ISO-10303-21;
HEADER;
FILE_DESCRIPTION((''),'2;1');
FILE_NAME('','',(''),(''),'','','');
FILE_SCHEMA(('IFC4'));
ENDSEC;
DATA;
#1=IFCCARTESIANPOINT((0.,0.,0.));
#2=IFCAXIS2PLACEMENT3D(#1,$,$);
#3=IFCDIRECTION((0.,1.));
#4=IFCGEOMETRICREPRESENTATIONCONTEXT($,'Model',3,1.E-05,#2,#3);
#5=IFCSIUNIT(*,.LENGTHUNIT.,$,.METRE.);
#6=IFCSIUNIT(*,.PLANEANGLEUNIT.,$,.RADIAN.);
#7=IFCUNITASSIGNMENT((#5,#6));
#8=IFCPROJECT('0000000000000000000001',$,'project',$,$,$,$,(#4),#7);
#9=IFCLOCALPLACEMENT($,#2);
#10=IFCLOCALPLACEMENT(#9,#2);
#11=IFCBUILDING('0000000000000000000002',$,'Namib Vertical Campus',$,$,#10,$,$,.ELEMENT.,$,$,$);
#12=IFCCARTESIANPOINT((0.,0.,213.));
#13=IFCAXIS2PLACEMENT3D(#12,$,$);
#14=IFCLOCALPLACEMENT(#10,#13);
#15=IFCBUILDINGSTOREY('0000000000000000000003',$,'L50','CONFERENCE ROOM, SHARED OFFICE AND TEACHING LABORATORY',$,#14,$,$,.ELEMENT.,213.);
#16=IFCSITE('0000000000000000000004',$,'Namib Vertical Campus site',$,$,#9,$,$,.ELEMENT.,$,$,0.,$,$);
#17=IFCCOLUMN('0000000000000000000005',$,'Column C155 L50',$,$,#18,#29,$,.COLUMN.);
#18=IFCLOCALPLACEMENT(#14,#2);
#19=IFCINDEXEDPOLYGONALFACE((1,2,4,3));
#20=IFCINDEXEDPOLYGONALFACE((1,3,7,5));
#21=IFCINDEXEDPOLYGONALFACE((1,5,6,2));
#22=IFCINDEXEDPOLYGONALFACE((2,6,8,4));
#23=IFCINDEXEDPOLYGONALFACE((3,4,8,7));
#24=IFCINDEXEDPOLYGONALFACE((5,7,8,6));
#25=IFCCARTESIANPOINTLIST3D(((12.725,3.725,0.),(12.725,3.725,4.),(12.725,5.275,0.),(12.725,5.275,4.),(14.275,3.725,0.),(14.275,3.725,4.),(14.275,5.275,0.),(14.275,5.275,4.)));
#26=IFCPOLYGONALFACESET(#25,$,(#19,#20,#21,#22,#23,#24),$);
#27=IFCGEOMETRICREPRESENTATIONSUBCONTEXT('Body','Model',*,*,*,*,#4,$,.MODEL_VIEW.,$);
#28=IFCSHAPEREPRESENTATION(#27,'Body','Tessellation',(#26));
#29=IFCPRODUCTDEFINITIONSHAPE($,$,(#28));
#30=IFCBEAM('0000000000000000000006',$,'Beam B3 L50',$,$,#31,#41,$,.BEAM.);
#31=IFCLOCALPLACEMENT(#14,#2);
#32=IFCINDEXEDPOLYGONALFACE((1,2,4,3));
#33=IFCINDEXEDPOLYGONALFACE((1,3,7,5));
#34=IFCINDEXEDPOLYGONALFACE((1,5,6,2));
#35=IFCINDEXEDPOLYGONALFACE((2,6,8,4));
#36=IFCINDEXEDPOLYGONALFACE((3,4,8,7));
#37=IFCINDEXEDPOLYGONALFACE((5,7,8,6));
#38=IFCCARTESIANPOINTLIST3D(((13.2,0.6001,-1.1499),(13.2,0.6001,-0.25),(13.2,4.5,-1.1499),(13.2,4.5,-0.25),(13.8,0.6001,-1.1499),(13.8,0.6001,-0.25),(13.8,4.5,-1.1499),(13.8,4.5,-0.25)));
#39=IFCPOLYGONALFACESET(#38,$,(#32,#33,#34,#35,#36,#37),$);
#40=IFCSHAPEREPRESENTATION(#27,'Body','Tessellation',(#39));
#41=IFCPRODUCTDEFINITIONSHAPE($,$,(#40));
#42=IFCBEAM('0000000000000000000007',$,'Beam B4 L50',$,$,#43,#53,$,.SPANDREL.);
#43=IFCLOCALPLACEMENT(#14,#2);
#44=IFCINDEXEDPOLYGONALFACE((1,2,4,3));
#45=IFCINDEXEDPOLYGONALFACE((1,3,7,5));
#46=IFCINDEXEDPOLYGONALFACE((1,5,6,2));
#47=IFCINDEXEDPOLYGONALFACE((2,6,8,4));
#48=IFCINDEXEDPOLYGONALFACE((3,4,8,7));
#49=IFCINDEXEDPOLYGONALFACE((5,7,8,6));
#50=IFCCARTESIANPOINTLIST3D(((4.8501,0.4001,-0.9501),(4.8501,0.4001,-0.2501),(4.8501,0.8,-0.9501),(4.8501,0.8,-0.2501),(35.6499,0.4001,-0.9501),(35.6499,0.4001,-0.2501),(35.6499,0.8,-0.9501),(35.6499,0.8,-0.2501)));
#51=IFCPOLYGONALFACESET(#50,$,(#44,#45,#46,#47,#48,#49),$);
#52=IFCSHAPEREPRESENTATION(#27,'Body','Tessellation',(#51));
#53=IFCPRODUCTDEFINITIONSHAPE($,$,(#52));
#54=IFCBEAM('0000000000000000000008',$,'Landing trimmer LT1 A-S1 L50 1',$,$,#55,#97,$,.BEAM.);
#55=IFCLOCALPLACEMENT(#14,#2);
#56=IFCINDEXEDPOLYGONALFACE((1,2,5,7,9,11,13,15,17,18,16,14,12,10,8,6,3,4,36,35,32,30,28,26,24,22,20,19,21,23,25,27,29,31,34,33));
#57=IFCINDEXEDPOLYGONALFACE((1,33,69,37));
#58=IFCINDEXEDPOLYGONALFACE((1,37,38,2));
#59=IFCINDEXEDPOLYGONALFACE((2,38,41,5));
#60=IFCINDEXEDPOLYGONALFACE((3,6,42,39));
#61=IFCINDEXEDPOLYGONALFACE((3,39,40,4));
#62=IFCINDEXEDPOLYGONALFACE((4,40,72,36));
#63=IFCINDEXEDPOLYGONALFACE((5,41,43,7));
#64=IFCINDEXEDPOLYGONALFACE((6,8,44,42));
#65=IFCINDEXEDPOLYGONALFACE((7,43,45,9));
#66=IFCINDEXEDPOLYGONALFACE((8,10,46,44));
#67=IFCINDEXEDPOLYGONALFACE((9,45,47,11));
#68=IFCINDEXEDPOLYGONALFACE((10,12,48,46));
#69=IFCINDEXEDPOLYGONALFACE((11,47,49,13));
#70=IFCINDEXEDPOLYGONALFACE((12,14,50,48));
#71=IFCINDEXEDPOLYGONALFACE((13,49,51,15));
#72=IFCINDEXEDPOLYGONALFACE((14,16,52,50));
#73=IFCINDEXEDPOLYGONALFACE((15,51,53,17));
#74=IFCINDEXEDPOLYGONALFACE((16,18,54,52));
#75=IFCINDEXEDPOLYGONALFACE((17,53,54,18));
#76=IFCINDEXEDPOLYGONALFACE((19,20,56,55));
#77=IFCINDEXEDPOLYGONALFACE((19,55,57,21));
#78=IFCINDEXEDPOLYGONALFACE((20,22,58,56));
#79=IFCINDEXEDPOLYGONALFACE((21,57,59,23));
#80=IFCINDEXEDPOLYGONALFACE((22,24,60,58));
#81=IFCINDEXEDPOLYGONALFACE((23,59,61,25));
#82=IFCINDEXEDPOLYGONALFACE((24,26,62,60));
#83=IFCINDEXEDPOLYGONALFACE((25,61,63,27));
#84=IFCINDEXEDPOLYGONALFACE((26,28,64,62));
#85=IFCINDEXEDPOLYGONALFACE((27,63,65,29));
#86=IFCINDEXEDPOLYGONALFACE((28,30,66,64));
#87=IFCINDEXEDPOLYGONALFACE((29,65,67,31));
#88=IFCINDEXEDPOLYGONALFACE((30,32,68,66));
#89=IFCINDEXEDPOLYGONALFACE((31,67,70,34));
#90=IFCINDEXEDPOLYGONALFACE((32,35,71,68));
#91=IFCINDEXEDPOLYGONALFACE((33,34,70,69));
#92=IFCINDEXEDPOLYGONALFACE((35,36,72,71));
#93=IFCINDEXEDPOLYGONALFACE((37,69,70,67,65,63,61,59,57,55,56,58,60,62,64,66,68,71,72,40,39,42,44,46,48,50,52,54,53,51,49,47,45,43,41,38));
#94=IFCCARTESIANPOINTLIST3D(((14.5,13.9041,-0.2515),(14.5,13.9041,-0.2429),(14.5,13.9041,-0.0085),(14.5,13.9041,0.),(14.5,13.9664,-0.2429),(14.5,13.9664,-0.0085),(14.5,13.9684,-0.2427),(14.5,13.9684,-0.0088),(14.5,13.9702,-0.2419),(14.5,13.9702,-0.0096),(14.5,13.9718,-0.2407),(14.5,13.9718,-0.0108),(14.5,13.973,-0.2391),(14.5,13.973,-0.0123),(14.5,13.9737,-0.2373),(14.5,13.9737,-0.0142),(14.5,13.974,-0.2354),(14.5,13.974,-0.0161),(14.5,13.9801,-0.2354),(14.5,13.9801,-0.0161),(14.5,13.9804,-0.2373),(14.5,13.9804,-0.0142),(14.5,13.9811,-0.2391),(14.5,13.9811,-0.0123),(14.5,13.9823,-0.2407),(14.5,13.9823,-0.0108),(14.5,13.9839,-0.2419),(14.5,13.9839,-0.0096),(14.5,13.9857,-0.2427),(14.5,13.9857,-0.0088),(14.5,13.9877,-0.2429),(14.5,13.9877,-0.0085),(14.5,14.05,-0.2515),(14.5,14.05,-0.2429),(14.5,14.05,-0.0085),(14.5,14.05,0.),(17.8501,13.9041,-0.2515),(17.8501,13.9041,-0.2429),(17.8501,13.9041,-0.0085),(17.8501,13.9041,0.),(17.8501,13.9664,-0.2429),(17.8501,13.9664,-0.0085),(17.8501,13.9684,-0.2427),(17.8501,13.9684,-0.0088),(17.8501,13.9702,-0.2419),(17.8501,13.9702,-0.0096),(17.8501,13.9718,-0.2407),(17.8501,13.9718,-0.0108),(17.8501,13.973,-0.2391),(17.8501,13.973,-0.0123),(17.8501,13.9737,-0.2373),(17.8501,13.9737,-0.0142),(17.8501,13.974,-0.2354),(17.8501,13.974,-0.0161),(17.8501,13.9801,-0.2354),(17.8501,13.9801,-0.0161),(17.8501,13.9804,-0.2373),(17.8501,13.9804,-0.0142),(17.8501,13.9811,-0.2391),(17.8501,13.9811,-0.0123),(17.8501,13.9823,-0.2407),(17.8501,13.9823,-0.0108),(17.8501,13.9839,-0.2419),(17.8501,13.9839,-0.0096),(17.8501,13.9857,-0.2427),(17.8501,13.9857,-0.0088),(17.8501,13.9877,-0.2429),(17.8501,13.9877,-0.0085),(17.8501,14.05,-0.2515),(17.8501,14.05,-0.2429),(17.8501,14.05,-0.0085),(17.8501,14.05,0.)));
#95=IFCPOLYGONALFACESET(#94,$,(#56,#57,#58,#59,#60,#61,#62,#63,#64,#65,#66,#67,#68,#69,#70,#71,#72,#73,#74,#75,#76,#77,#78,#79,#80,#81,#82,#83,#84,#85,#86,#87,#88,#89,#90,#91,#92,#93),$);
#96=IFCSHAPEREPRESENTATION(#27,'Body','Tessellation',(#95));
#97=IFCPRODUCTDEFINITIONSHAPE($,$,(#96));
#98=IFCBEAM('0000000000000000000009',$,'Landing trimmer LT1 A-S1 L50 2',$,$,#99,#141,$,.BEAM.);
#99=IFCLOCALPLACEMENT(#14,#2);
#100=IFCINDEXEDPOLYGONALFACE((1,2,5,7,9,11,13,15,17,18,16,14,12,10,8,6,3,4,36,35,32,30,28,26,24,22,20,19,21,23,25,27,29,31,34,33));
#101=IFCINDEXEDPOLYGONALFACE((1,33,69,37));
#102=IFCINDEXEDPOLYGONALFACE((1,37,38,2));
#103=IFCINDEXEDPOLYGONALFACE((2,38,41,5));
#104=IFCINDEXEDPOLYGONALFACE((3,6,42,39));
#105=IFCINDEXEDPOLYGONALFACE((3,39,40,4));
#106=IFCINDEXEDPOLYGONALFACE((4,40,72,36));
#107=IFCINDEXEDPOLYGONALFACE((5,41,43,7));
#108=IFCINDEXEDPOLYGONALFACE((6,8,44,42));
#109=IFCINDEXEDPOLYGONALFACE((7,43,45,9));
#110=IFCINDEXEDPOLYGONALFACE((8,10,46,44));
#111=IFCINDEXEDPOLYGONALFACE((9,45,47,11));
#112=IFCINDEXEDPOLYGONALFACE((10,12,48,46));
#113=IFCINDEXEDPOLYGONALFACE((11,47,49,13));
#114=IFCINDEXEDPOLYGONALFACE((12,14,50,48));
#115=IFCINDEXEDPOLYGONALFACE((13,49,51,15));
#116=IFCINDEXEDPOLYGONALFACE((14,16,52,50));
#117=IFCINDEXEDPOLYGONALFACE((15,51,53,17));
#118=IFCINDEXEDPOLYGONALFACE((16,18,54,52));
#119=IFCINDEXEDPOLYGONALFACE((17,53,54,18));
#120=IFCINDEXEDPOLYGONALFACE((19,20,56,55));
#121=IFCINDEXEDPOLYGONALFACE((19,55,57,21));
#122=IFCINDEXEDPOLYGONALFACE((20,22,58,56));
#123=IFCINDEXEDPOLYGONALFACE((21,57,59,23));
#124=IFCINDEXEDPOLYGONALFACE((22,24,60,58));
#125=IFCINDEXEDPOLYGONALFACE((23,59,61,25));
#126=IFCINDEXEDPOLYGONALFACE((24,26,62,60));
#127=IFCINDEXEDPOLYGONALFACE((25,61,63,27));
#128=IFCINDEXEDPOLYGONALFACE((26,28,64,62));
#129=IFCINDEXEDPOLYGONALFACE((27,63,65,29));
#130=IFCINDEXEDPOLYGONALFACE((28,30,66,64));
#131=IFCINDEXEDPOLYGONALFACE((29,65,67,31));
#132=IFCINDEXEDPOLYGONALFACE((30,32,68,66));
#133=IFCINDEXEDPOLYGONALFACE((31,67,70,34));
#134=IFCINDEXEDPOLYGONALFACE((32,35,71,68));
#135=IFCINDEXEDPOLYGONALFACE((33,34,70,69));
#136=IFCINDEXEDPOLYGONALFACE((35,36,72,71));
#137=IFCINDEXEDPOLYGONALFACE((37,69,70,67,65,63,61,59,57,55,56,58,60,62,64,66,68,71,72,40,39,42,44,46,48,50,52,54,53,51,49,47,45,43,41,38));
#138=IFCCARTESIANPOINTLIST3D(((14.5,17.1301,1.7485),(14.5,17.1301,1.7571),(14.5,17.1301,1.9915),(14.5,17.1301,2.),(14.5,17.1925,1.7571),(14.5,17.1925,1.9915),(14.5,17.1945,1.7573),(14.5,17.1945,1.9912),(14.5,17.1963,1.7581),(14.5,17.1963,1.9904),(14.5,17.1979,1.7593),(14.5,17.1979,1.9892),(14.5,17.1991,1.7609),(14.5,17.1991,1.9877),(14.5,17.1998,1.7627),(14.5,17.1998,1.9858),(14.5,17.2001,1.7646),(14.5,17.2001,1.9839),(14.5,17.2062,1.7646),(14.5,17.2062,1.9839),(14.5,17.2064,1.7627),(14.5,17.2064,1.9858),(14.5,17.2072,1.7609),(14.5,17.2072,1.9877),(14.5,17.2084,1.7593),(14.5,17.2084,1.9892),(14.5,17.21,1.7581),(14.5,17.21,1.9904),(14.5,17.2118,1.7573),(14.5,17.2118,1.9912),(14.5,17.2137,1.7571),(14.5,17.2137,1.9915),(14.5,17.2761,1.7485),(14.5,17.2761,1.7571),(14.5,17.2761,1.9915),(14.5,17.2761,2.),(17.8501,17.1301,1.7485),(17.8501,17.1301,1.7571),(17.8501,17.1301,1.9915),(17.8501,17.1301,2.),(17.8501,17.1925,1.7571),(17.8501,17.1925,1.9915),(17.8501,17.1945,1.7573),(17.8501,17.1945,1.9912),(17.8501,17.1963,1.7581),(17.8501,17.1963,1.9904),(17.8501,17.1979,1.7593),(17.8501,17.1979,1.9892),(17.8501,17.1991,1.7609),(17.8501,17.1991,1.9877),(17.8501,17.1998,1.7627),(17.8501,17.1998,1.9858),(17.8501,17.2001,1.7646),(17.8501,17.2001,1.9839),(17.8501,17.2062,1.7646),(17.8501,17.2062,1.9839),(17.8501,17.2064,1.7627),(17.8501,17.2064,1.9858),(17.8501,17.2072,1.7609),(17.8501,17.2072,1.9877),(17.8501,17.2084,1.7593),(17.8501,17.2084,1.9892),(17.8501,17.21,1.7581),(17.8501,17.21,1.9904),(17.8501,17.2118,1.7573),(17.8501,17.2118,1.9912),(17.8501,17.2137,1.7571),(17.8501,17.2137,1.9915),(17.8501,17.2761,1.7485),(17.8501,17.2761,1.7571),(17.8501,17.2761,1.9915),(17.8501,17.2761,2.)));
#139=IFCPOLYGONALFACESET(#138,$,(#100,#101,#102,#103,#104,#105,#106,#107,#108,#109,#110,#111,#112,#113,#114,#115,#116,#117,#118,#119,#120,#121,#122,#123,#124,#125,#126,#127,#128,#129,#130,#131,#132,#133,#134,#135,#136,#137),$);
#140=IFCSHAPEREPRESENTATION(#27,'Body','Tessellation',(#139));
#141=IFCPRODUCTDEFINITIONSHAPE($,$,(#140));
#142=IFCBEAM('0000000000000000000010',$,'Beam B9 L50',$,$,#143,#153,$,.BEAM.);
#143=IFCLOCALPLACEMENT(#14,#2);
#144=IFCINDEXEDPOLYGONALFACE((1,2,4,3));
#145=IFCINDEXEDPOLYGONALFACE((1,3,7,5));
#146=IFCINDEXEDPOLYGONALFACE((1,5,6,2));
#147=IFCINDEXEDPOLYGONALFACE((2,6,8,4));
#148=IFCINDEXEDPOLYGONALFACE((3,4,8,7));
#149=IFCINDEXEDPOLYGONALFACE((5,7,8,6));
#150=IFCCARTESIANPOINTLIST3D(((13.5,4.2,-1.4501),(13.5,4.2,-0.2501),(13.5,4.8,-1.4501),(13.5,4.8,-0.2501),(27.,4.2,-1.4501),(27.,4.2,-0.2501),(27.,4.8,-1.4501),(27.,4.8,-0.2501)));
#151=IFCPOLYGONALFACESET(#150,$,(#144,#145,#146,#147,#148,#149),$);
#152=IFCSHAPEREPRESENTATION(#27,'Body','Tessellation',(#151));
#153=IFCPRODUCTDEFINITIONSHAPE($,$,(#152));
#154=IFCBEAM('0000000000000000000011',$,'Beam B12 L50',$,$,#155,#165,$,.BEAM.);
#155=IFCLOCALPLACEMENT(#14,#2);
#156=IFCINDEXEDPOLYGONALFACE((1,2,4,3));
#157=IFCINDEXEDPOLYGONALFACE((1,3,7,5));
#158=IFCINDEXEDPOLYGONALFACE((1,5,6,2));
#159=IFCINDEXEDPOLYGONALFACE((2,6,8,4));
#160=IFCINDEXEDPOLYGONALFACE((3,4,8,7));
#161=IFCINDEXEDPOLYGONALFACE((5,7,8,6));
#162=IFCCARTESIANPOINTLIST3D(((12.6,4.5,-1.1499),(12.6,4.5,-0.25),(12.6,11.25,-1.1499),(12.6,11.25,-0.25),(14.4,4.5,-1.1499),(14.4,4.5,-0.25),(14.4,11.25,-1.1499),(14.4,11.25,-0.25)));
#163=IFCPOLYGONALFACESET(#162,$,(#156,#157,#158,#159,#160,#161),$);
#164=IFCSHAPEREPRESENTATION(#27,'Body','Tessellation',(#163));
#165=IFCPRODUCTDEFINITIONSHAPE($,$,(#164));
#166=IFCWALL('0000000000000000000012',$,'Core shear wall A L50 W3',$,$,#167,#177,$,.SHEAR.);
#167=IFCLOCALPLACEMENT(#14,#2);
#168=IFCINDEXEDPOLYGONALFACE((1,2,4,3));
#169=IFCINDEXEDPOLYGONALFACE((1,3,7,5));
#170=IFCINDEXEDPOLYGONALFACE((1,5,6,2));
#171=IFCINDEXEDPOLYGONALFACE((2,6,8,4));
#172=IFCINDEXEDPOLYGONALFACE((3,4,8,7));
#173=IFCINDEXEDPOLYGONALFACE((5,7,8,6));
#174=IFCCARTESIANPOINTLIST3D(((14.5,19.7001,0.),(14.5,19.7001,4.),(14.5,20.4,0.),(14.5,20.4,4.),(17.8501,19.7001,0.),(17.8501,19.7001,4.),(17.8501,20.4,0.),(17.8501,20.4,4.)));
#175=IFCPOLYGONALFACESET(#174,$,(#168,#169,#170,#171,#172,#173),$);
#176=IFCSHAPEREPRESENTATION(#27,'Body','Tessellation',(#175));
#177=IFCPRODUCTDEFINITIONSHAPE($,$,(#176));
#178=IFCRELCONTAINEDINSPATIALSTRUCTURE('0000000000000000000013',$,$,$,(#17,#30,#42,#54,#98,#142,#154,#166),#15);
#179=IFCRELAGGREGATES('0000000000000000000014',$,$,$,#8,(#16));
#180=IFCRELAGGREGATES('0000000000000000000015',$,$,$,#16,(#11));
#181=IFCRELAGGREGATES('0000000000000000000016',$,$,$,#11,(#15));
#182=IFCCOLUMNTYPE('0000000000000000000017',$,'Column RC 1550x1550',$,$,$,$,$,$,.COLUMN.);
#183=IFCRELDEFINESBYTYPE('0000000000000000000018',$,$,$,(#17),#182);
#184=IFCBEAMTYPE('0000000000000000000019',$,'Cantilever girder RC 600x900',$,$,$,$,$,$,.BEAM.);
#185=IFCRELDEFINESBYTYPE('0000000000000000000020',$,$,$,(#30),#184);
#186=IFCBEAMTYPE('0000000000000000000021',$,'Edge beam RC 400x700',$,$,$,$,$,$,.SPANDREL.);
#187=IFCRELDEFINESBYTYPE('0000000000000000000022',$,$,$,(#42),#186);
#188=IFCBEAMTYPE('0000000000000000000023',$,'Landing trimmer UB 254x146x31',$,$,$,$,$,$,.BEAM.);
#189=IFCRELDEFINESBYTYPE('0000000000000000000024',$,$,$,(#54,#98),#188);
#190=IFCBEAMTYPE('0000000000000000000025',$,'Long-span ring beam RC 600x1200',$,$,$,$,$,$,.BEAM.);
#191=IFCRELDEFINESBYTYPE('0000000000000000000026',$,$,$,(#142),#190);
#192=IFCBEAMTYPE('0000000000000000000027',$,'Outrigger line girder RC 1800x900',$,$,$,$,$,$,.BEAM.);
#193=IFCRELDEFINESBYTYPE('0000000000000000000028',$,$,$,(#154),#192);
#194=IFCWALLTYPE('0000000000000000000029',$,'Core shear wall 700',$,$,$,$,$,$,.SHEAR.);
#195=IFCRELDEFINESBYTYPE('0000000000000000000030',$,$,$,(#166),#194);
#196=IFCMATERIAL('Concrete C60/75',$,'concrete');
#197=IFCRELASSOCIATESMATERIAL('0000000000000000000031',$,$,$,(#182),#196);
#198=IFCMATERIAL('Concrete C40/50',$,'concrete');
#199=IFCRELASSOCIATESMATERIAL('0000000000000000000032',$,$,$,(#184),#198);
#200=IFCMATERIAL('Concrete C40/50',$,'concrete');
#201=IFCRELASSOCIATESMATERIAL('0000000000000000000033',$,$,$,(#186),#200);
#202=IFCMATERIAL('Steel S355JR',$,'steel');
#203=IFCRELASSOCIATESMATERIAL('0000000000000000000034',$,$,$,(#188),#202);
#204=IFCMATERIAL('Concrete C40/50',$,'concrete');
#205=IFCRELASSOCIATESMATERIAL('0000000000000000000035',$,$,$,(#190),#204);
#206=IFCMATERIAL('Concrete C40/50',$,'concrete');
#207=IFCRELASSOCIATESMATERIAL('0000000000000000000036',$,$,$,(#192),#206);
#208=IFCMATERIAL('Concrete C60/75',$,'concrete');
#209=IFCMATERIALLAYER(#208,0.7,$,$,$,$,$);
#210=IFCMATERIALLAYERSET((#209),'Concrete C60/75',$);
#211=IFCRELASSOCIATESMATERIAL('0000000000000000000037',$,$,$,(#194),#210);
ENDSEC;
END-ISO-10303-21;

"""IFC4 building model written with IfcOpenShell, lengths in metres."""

from ifc_helpers import new_model, si_unit, direction, frame, frame_2d, origin, origin_2d, place, context, subcontext, project, spatial, rectangle, i_section, extrude, material, layer, layer_set, material_profile, profile_set, type_object, element, save


model = new_model("IFC4")

# Units and contexts
model_context = context("Model", 3, precision=1e-05, world=origin(), true_north=direction((0.0, 1.0)))
body_context = subcontext(model_context, "Body", "Model", "MODEL_VIEW")
ifc_project = project(units=[si_unit("LENGTHUNIT", "METRE"), si_unit("PLANEANGLEUNIT", "RADIAN")], contexts=[model_context])

# Site, building, storey
site_placement = place(None, origin())
site = spatial("IfcSite", under=ifc_project, at=site_placement, Name="Namib Vertical Campus site", CompositionType="ELEMENT", RefElevation=0.0)
building_placement = place(site_placement, origin())
building = spatial("IfcBuilding", under=site, at=building_placement, Name="Namib Vertical Campus", CompositionType="ELEMENT")
storey_placement = place(building_placement, frame((0.0, 0.0, 213.0)))
storey = spatial("IfcBuildingStorey", under=building, at=storey_placement, Name="L50", Description="CONFERENCE ROOM, SHARED OFFICE AND TEACHING LABORATORY", CompositionType="ELEMENT", Elevation=213.0)

# Column
ifc_material_1 = material(Name="Concrete C60/75", Category="concrete")
ifc_material_profile_1 = material_profile(ifc_material_1, rectangle(XDim=1.55, YDim=1.55, at=origin_2d()))
ifc_profile_set_1 = profile_set([ifc_material_profile_1], Name="Concrete C60/75")
column_type = type_object("IfcColumnType", Name="Column RC 1550x1550", PredefinedType="COLUMN", material=ifc_profile_set_1)
column_placement = place(storey_placement, frame((13.5, 4.5, 0.0), z_axis=(0.0, 0.0, 1.0), x_axis=(1.0, 0.0, 0.0)))
element("IfcColumn", 1, at=column_placement, inside=storey, type_object=column_type, Name="Column C155 L50", PredefinedType="COLUMN", context=body_context, shape_type="SweptSolid", body=[
    extrude(rectangle(XDim=1.55, YDim=1.55, at=origin_2d()), origin(), (0.0, 0.0, 1.0), 4.0),
])

# Beams
ifc_material_2 = material(Name="Concrete C40/50", Category="concrete")
ifc_material_profile_2 = material_profile(ifc_material_2, rectangle(XDim=0.6001, YDim=0.8999, at=origin_2d()))
ifc_profile_set_2 = profile_set([ifc_material_profile_2], Name="Concrete C40/50")
beam_type_1 = type_object("IfcBeamType", Name="Cantilever girder RC 600x900", PredefinedType="BEAM", material=ifc_profile_set_2)
beam_1_placement = place(storey_placement, frame((13.5, 4.5, -0.7), z_axis=(0.0, -1.0, 0.0), x_axis=(1.0, 0.0, 0.0)))
element("IfcBeam", 2, at=beam_1_placement, inside=storey, type_object=beam_type_1, Name="Beam B3 L50", PredefinedType="BEAM", context=body_context, shape_type="SweptSolid", body=[
    extrude(rectangle(XDim=0.6001, YDim=0.8999, at=origin_2d()), origin(), (0.0, 0.0, 1.0), 3.8999),
])
ifc_material_3 = material(Name="Concrete C40/50", Category="concrete")
ifc_material_profile_3 = material_profile(ifc_material_3, rectangle(XDim=0.3999, YDim=0.7, at=origin_2d()))
ifc_profile_set_3 = profile_set([ifc_material_profile_3], Name="Concrete C40/50")
beam_type_2 = type_object("IfcBeamType", Name="Edge beam RC 400x700", PredefinedType="SPANDREL", material=ifc_profile_set_3)
beam_2_placement = place(storey_placement, frame((4.8501, 0.6001, -0.6001), z_axis=(1.0, 0.0, 0.0), x_axis=(0.0, 1.0, 0.0)))
element("IfcBeam", 3, at=beam_2_placement, inside=storey, type_object=beam_type_2, Name="Beam B4 L50", PredefinedType="SPANDREL", context=body_context, shape_type="SweptSolid", body=[
    extrude(rectangle(XDim=0.3999, YDim=0.7, at=origin_2d()), origin(), (0.0, 0.0, 1.0), 30.7998),
])
ifc_material_4 = material(Name="Steel S355JR", Category="steel")
ifc_material_profile_4 = material_profile(ifc_material_4, i_section(OverallWidth=0.146, OverallDepth=0.2515, WebThickness=0.0061, FlangeThickness=0.0085, FilletRadius=0.0076, at=origin_2d()))
ifc_profile_set_4 = profile_set([ifc_material_profile_4], Name="Steel S355JR")
beam_type_3 = type_object("IfcBeamType", Name="Landing trimmer UB 254x146x31", PredefinedType="BEAM", material=ifc_profile_set_4)
for number, where, z_axis, x_axis, name in (
    (4, (14.5, 13.9771, -0.1257), (1.0, 0.0, 0.0), (0.0, 1.0, 0.0), "Landing trimmer LT1 A-S1 L50 1"),
    (5, (14.5, 17.2031, 1.8743), (1.0, 0.0, 0.0), (0.0, 1.0, 0.0), "Landing trimmer LT1 A-S1 L50 2"),
):
    element("IfcBeam", number, at=place(storey_placement, frame(where, z_axis=z_axis, x_axis=x_axis)), inside=storey, type_object=beam_type_3, Name=name, PredefinedType="BEAM", context=body_context, shape_type="SweptSolid", body=[
        extrude(i_section(OverallWidth=0.146, OverallDepth=0.2515, WebThickness=0.0061, FlangeThickness=0.0085, FilletRadius=0.0076, at=origin_2d()), origin(), (0.0, 0.0, 1.0), 3.3501),
    ])
ifc_material_5 = material(Name="Concrete C40/50", Category="concrete")
ifc_material_profile_5 = material_profile(ifc_material_5, rectangle(XDim=0.6001, YDim=1.2, at=origin_2d()))
ifc_profile_set_5 = profile_set([ifc_material_profile_5], Name="Concrete C40/50")
beam_type_4 = type_object("IfcBeamType", Name="Long-span ring beam RC 600x1200", PredefinedType="BEAM", material=ifc_profile_set_5)
beam_3_placement = place(storey_placement, frame((13.5, 4.5, -0.8501), z_axis=(1.0, 0.0, 0.0), x_axis=(0.0, 1.0, 0.0)))
element("IfcBeam", 6, at=beam_3_placement, inside=storey, type_object=beam_type_4, Name="Beam B9 L50", PredefinedType="BEAM", context=body_context, shape_type="SweptSolid", body=[
    extrude(rectangle(XDim=0.6001, YDim=1.2, at=origin_2d()), origin(), (0.0, 0.0, 1.0), 13.5),
])
ifc_material_6 = material(Name="Concrete C40/50", Category="concrete")
ifc_material_profile_6 = material_profile(ifc_material_6, rectangle(XDim=1.8, YDim=0.8999, at=origin_2d()))
ifc_profile_set_6 = profile_set([ifc_material_profile_6], Name="Concrete C40/50")
beam_type_5 = type_object("IfcBeamType", Name="Outrigger line girder RC 1800x900", PredefinedType="BEAM", material=ifc_profile_set_6)
beam_4_placement = place(storey_placement, frame((13.5, 4.5, -0.7), z_axis=(0.0, 1.0, 0.0), x_axis=(-1.0, 0.0, 0.0)))
element("IfcBeam", 7, at=beam_4_placement, inside=storey, type_object=beam_type_5, Name="Beam B12 L50", PredefinedType="BEAM", context=body_context, shape_type="SweptSolid", body=[
    extrude(rectangle(XDim=1.8, YDim=0.8999, at=origin_2d()), origin(), (0.0, 0.0, 1.0), 6.75),
])

# Wall
ifc_material_7 = material(Name="Concrete C60/75", Category="concrete")
ifc_layer_1 = layer(ifc_material_7, 0.7)
ifc_layer_set_1 = layer_set([ifc_layer_1], Name="Concrete C60/75")
wall_type_1 = type_object("IfcWallType", Name="Core shear wall 700", PredefinedType="SHEAR", material=ifc_layer_set_1)
wall_1_placement = place(storey_placement, frame((14.5, 20.05, 0.0), z_axis=(0.0, 0.0, 1.0), x_axis=(1.0, 0.0, 0.0)))
element("IfcWall", 8, at=wall_1_placement, inside=storey, type_object=wall_type_1, Name="Core shear wall A L50 W3", PredefinedType="SHEAR", context=body_context, shape_type="SweptSolid", body=[
    extrude(rectangle(XDim=3.3501, YDim=0.7, at=frame_2d((1.675, 0.0))), origin(), (0.0, 0.0, 1.0), 4.0),
])

save(model, "model.ifc")
